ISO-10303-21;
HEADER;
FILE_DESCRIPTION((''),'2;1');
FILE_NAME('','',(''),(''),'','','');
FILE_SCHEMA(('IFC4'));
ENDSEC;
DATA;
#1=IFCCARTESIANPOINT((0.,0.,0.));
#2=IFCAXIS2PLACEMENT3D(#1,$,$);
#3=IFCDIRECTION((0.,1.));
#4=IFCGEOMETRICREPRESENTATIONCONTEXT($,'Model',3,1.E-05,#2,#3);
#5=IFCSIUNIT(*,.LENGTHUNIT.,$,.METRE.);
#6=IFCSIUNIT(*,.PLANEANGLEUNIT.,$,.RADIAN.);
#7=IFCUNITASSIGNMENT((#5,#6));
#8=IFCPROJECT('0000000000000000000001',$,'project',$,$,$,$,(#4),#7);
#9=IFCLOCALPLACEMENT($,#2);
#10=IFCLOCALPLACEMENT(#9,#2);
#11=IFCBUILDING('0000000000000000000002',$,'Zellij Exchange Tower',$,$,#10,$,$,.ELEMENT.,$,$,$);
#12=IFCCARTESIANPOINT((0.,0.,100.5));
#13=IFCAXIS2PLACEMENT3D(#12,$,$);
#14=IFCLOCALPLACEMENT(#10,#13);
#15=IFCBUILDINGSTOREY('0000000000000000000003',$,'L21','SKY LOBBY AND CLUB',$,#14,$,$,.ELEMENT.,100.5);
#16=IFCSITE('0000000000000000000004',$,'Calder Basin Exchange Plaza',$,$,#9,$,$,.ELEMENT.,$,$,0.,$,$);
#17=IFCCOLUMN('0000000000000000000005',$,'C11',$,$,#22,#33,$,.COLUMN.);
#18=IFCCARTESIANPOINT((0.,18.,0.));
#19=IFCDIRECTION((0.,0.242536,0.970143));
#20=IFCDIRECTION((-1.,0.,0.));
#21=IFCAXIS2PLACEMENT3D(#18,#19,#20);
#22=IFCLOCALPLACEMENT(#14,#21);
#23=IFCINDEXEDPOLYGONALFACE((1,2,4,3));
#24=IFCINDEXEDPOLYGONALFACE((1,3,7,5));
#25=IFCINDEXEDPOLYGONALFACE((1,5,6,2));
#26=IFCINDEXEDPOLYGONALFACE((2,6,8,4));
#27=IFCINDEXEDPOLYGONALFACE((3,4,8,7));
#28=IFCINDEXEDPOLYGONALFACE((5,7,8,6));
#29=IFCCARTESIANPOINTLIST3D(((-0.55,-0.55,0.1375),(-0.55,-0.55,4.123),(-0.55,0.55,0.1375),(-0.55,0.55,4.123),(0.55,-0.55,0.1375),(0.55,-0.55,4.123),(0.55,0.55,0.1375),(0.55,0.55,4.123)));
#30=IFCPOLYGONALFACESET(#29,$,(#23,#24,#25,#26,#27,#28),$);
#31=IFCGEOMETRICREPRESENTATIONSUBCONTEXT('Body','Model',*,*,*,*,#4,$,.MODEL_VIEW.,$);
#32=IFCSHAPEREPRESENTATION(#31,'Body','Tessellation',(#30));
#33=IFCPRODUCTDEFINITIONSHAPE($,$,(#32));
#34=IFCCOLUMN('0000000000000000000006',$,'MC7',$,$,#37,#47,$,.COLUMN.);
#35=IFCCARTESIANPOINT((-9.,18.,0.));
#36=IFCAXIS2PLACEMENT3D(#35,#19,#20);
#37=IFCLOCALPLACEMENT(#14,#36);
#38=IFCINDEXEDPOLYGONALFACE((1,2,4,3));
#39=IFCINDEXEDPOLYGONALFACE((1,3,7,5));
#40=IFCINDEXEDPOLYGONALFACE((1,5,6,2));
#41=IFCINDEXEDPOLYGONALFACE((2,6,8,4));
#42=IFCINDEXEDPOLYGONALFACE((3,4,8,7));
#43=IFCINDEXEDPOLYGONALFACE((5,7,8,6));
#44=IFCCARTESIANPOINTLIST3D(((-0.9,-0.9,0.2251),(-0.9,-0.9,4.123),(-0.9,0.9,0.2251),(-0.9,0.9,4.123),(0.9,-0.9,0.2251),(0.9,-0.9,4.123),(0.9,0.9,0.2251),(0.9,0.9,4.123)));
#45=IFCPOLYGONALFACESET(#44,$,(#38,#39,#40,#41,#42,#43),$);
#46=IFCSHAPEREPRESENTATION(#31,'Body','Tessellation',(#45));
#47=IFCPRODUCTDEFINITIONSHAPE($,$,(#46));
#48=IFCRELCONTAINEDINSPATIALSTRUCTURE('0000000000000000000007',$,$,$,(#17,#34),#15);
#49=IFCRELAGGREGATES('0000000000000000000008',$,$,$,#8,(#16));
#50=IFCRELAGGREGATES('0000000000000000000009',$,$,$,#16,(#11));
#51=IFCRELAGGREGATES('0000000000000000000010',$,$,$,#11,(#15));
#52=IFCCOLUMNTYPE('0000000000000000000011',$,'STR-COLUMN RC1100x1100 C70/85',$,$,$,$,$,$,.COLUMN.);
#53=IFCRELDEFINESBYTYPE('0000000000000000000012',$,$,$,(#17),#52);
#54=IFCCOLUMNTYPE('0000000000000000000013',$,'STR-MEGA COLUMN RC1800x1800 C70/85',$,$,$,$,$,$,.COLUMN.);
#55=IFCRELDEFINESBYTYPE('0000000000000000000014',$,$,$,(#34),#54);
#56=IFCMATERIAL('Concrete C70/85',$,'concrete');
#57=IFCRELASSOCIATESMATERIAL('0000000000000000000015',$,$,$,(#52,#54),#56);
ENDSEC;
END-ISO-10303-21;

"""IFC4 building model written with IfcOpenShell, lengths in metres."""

from ifc_helpers import new_model, si_unit, direction, frame, origin, origin_2d, place, context, subcontext, project, spatial, rectangle, extrude, clip, halfspace, material, material_profile, profile_set, type_object, element, save


model = new_model("IFC4")

# Units and contexts
model_context = context("Model", 3, precision=1e-05, world=origin(), true_north=direction((0.0, 1.0)))
body_context = subcontext(model_context, "Body", "Model", "MODEL_VIEW")
ifc_project = project(units=[si_unit("LENGTHUNIT", "METRE"), si_unit("PLANEANGLEUNIT", "RADIAN")], contexts=[model_context])

# Site, building, storey
site_placement = place(None, origin())
site = spatial("IfcSite", under=ifc_project, at=site_placement, Name="Calder Basin Exchange Plaza", CompositionType="ELEMENT", RefElevation=0.0)
building_placement = place(site_placement, origin())
building = spatial("IfcBuilding", under=site, at=building_placement, Name="Zellij Exchange Tower", CompositionType="ELEMENT")
storey_placement = place(building_placement, frame((0.0, 0.0, 100.5)))
storey = spatial("IfcBuildingStorey", under=building, at=storey_placement, Name="L21", Description="SKY LOBBY AND CLUB", CompositionType="ELEMENT", Elevation=100.5)

# Columns
ifc_material_1 = material(Name="Concrete C70/85", Category="concrete")
ifc_material_profile_1 = material_profile(ifc_material_1, rectangle(XDim=1.1001, YDim=1.1001, at=origin_2d()), Name="STR-COLUMN RC1100x1100 C70/85")
ifc_profile_set_1 = profile_set([ifc_material_profile_1], Name="Concrete C70/85")
column_type_1 = type_object("IfcColumnType", Name="STR-COLUMN RC1100x1100 C70/85", PredefinedType="COLUMN", material=ifc_profile_set_1)
for number, where, z_axis, x_axis, name in (
    (1, (0.0, 18.0, 0.0), (0.0, 0.242536, 0.970143), (-1.0, 0.0, 0.0), "C11"),
):
    element("IfcColumn", number, at=place(storey_placement, frame(where, z_axis=z_axis, x_axis=x_axis)), inside=storey, type_object=column_type_1, Name=name, PredefinedType="COLUMN", context=body_context, shape_type="Clipping", body=[
        clip(extrude(rectangle(XDim=1.1001, YDim=1.1001, at=origin_2d()), origin(), (0.0, 0.0, 1.0), 4.123), halfspace(frame((0.0, 0.0, 0.1375)), True)),
    ])
ifc_material_profile_2 = material_profile(ifc_material_1, rectangle(XDim=1.8, YDim=1.8, at=origin_2d()), Name="STR-MEGA COLUMN RC1800x1800 C70/85")
ifc_profile_set_2 = profile_set([ifc_material_profile_2], Name="Concrete C70/85")
column_type_2 = type_object("IfcColumnType", Name="STR-MEGA COLUMN RC1800x1800 C70/85", PredefinedType="COLUMN", material=ifc_profile_set_2)
column_placement = place(storey_placement, frame((-9.0, 18.0, 0.0), z_axis=(0.0, 0.242536, 0.970143), x_axis=(-1.0, 0.0, 0.0)))
element("IfcColumn", 2, at=column_placement, inside=storey, type_object=column_type_2, Name="MC7", PredefinedType="COLUMN", context=body_context, shape_type="Clipping", body=[
    clip(extrude(rectangle(XDim=1.8, YDim=1.8, at=origin_2d()), origin(), (0.0, 0.0, 1.0), 4.123), halfspace(frame((0.0, 0.0, 0.2251)), True)),
])

save(model, "model.ifc")
